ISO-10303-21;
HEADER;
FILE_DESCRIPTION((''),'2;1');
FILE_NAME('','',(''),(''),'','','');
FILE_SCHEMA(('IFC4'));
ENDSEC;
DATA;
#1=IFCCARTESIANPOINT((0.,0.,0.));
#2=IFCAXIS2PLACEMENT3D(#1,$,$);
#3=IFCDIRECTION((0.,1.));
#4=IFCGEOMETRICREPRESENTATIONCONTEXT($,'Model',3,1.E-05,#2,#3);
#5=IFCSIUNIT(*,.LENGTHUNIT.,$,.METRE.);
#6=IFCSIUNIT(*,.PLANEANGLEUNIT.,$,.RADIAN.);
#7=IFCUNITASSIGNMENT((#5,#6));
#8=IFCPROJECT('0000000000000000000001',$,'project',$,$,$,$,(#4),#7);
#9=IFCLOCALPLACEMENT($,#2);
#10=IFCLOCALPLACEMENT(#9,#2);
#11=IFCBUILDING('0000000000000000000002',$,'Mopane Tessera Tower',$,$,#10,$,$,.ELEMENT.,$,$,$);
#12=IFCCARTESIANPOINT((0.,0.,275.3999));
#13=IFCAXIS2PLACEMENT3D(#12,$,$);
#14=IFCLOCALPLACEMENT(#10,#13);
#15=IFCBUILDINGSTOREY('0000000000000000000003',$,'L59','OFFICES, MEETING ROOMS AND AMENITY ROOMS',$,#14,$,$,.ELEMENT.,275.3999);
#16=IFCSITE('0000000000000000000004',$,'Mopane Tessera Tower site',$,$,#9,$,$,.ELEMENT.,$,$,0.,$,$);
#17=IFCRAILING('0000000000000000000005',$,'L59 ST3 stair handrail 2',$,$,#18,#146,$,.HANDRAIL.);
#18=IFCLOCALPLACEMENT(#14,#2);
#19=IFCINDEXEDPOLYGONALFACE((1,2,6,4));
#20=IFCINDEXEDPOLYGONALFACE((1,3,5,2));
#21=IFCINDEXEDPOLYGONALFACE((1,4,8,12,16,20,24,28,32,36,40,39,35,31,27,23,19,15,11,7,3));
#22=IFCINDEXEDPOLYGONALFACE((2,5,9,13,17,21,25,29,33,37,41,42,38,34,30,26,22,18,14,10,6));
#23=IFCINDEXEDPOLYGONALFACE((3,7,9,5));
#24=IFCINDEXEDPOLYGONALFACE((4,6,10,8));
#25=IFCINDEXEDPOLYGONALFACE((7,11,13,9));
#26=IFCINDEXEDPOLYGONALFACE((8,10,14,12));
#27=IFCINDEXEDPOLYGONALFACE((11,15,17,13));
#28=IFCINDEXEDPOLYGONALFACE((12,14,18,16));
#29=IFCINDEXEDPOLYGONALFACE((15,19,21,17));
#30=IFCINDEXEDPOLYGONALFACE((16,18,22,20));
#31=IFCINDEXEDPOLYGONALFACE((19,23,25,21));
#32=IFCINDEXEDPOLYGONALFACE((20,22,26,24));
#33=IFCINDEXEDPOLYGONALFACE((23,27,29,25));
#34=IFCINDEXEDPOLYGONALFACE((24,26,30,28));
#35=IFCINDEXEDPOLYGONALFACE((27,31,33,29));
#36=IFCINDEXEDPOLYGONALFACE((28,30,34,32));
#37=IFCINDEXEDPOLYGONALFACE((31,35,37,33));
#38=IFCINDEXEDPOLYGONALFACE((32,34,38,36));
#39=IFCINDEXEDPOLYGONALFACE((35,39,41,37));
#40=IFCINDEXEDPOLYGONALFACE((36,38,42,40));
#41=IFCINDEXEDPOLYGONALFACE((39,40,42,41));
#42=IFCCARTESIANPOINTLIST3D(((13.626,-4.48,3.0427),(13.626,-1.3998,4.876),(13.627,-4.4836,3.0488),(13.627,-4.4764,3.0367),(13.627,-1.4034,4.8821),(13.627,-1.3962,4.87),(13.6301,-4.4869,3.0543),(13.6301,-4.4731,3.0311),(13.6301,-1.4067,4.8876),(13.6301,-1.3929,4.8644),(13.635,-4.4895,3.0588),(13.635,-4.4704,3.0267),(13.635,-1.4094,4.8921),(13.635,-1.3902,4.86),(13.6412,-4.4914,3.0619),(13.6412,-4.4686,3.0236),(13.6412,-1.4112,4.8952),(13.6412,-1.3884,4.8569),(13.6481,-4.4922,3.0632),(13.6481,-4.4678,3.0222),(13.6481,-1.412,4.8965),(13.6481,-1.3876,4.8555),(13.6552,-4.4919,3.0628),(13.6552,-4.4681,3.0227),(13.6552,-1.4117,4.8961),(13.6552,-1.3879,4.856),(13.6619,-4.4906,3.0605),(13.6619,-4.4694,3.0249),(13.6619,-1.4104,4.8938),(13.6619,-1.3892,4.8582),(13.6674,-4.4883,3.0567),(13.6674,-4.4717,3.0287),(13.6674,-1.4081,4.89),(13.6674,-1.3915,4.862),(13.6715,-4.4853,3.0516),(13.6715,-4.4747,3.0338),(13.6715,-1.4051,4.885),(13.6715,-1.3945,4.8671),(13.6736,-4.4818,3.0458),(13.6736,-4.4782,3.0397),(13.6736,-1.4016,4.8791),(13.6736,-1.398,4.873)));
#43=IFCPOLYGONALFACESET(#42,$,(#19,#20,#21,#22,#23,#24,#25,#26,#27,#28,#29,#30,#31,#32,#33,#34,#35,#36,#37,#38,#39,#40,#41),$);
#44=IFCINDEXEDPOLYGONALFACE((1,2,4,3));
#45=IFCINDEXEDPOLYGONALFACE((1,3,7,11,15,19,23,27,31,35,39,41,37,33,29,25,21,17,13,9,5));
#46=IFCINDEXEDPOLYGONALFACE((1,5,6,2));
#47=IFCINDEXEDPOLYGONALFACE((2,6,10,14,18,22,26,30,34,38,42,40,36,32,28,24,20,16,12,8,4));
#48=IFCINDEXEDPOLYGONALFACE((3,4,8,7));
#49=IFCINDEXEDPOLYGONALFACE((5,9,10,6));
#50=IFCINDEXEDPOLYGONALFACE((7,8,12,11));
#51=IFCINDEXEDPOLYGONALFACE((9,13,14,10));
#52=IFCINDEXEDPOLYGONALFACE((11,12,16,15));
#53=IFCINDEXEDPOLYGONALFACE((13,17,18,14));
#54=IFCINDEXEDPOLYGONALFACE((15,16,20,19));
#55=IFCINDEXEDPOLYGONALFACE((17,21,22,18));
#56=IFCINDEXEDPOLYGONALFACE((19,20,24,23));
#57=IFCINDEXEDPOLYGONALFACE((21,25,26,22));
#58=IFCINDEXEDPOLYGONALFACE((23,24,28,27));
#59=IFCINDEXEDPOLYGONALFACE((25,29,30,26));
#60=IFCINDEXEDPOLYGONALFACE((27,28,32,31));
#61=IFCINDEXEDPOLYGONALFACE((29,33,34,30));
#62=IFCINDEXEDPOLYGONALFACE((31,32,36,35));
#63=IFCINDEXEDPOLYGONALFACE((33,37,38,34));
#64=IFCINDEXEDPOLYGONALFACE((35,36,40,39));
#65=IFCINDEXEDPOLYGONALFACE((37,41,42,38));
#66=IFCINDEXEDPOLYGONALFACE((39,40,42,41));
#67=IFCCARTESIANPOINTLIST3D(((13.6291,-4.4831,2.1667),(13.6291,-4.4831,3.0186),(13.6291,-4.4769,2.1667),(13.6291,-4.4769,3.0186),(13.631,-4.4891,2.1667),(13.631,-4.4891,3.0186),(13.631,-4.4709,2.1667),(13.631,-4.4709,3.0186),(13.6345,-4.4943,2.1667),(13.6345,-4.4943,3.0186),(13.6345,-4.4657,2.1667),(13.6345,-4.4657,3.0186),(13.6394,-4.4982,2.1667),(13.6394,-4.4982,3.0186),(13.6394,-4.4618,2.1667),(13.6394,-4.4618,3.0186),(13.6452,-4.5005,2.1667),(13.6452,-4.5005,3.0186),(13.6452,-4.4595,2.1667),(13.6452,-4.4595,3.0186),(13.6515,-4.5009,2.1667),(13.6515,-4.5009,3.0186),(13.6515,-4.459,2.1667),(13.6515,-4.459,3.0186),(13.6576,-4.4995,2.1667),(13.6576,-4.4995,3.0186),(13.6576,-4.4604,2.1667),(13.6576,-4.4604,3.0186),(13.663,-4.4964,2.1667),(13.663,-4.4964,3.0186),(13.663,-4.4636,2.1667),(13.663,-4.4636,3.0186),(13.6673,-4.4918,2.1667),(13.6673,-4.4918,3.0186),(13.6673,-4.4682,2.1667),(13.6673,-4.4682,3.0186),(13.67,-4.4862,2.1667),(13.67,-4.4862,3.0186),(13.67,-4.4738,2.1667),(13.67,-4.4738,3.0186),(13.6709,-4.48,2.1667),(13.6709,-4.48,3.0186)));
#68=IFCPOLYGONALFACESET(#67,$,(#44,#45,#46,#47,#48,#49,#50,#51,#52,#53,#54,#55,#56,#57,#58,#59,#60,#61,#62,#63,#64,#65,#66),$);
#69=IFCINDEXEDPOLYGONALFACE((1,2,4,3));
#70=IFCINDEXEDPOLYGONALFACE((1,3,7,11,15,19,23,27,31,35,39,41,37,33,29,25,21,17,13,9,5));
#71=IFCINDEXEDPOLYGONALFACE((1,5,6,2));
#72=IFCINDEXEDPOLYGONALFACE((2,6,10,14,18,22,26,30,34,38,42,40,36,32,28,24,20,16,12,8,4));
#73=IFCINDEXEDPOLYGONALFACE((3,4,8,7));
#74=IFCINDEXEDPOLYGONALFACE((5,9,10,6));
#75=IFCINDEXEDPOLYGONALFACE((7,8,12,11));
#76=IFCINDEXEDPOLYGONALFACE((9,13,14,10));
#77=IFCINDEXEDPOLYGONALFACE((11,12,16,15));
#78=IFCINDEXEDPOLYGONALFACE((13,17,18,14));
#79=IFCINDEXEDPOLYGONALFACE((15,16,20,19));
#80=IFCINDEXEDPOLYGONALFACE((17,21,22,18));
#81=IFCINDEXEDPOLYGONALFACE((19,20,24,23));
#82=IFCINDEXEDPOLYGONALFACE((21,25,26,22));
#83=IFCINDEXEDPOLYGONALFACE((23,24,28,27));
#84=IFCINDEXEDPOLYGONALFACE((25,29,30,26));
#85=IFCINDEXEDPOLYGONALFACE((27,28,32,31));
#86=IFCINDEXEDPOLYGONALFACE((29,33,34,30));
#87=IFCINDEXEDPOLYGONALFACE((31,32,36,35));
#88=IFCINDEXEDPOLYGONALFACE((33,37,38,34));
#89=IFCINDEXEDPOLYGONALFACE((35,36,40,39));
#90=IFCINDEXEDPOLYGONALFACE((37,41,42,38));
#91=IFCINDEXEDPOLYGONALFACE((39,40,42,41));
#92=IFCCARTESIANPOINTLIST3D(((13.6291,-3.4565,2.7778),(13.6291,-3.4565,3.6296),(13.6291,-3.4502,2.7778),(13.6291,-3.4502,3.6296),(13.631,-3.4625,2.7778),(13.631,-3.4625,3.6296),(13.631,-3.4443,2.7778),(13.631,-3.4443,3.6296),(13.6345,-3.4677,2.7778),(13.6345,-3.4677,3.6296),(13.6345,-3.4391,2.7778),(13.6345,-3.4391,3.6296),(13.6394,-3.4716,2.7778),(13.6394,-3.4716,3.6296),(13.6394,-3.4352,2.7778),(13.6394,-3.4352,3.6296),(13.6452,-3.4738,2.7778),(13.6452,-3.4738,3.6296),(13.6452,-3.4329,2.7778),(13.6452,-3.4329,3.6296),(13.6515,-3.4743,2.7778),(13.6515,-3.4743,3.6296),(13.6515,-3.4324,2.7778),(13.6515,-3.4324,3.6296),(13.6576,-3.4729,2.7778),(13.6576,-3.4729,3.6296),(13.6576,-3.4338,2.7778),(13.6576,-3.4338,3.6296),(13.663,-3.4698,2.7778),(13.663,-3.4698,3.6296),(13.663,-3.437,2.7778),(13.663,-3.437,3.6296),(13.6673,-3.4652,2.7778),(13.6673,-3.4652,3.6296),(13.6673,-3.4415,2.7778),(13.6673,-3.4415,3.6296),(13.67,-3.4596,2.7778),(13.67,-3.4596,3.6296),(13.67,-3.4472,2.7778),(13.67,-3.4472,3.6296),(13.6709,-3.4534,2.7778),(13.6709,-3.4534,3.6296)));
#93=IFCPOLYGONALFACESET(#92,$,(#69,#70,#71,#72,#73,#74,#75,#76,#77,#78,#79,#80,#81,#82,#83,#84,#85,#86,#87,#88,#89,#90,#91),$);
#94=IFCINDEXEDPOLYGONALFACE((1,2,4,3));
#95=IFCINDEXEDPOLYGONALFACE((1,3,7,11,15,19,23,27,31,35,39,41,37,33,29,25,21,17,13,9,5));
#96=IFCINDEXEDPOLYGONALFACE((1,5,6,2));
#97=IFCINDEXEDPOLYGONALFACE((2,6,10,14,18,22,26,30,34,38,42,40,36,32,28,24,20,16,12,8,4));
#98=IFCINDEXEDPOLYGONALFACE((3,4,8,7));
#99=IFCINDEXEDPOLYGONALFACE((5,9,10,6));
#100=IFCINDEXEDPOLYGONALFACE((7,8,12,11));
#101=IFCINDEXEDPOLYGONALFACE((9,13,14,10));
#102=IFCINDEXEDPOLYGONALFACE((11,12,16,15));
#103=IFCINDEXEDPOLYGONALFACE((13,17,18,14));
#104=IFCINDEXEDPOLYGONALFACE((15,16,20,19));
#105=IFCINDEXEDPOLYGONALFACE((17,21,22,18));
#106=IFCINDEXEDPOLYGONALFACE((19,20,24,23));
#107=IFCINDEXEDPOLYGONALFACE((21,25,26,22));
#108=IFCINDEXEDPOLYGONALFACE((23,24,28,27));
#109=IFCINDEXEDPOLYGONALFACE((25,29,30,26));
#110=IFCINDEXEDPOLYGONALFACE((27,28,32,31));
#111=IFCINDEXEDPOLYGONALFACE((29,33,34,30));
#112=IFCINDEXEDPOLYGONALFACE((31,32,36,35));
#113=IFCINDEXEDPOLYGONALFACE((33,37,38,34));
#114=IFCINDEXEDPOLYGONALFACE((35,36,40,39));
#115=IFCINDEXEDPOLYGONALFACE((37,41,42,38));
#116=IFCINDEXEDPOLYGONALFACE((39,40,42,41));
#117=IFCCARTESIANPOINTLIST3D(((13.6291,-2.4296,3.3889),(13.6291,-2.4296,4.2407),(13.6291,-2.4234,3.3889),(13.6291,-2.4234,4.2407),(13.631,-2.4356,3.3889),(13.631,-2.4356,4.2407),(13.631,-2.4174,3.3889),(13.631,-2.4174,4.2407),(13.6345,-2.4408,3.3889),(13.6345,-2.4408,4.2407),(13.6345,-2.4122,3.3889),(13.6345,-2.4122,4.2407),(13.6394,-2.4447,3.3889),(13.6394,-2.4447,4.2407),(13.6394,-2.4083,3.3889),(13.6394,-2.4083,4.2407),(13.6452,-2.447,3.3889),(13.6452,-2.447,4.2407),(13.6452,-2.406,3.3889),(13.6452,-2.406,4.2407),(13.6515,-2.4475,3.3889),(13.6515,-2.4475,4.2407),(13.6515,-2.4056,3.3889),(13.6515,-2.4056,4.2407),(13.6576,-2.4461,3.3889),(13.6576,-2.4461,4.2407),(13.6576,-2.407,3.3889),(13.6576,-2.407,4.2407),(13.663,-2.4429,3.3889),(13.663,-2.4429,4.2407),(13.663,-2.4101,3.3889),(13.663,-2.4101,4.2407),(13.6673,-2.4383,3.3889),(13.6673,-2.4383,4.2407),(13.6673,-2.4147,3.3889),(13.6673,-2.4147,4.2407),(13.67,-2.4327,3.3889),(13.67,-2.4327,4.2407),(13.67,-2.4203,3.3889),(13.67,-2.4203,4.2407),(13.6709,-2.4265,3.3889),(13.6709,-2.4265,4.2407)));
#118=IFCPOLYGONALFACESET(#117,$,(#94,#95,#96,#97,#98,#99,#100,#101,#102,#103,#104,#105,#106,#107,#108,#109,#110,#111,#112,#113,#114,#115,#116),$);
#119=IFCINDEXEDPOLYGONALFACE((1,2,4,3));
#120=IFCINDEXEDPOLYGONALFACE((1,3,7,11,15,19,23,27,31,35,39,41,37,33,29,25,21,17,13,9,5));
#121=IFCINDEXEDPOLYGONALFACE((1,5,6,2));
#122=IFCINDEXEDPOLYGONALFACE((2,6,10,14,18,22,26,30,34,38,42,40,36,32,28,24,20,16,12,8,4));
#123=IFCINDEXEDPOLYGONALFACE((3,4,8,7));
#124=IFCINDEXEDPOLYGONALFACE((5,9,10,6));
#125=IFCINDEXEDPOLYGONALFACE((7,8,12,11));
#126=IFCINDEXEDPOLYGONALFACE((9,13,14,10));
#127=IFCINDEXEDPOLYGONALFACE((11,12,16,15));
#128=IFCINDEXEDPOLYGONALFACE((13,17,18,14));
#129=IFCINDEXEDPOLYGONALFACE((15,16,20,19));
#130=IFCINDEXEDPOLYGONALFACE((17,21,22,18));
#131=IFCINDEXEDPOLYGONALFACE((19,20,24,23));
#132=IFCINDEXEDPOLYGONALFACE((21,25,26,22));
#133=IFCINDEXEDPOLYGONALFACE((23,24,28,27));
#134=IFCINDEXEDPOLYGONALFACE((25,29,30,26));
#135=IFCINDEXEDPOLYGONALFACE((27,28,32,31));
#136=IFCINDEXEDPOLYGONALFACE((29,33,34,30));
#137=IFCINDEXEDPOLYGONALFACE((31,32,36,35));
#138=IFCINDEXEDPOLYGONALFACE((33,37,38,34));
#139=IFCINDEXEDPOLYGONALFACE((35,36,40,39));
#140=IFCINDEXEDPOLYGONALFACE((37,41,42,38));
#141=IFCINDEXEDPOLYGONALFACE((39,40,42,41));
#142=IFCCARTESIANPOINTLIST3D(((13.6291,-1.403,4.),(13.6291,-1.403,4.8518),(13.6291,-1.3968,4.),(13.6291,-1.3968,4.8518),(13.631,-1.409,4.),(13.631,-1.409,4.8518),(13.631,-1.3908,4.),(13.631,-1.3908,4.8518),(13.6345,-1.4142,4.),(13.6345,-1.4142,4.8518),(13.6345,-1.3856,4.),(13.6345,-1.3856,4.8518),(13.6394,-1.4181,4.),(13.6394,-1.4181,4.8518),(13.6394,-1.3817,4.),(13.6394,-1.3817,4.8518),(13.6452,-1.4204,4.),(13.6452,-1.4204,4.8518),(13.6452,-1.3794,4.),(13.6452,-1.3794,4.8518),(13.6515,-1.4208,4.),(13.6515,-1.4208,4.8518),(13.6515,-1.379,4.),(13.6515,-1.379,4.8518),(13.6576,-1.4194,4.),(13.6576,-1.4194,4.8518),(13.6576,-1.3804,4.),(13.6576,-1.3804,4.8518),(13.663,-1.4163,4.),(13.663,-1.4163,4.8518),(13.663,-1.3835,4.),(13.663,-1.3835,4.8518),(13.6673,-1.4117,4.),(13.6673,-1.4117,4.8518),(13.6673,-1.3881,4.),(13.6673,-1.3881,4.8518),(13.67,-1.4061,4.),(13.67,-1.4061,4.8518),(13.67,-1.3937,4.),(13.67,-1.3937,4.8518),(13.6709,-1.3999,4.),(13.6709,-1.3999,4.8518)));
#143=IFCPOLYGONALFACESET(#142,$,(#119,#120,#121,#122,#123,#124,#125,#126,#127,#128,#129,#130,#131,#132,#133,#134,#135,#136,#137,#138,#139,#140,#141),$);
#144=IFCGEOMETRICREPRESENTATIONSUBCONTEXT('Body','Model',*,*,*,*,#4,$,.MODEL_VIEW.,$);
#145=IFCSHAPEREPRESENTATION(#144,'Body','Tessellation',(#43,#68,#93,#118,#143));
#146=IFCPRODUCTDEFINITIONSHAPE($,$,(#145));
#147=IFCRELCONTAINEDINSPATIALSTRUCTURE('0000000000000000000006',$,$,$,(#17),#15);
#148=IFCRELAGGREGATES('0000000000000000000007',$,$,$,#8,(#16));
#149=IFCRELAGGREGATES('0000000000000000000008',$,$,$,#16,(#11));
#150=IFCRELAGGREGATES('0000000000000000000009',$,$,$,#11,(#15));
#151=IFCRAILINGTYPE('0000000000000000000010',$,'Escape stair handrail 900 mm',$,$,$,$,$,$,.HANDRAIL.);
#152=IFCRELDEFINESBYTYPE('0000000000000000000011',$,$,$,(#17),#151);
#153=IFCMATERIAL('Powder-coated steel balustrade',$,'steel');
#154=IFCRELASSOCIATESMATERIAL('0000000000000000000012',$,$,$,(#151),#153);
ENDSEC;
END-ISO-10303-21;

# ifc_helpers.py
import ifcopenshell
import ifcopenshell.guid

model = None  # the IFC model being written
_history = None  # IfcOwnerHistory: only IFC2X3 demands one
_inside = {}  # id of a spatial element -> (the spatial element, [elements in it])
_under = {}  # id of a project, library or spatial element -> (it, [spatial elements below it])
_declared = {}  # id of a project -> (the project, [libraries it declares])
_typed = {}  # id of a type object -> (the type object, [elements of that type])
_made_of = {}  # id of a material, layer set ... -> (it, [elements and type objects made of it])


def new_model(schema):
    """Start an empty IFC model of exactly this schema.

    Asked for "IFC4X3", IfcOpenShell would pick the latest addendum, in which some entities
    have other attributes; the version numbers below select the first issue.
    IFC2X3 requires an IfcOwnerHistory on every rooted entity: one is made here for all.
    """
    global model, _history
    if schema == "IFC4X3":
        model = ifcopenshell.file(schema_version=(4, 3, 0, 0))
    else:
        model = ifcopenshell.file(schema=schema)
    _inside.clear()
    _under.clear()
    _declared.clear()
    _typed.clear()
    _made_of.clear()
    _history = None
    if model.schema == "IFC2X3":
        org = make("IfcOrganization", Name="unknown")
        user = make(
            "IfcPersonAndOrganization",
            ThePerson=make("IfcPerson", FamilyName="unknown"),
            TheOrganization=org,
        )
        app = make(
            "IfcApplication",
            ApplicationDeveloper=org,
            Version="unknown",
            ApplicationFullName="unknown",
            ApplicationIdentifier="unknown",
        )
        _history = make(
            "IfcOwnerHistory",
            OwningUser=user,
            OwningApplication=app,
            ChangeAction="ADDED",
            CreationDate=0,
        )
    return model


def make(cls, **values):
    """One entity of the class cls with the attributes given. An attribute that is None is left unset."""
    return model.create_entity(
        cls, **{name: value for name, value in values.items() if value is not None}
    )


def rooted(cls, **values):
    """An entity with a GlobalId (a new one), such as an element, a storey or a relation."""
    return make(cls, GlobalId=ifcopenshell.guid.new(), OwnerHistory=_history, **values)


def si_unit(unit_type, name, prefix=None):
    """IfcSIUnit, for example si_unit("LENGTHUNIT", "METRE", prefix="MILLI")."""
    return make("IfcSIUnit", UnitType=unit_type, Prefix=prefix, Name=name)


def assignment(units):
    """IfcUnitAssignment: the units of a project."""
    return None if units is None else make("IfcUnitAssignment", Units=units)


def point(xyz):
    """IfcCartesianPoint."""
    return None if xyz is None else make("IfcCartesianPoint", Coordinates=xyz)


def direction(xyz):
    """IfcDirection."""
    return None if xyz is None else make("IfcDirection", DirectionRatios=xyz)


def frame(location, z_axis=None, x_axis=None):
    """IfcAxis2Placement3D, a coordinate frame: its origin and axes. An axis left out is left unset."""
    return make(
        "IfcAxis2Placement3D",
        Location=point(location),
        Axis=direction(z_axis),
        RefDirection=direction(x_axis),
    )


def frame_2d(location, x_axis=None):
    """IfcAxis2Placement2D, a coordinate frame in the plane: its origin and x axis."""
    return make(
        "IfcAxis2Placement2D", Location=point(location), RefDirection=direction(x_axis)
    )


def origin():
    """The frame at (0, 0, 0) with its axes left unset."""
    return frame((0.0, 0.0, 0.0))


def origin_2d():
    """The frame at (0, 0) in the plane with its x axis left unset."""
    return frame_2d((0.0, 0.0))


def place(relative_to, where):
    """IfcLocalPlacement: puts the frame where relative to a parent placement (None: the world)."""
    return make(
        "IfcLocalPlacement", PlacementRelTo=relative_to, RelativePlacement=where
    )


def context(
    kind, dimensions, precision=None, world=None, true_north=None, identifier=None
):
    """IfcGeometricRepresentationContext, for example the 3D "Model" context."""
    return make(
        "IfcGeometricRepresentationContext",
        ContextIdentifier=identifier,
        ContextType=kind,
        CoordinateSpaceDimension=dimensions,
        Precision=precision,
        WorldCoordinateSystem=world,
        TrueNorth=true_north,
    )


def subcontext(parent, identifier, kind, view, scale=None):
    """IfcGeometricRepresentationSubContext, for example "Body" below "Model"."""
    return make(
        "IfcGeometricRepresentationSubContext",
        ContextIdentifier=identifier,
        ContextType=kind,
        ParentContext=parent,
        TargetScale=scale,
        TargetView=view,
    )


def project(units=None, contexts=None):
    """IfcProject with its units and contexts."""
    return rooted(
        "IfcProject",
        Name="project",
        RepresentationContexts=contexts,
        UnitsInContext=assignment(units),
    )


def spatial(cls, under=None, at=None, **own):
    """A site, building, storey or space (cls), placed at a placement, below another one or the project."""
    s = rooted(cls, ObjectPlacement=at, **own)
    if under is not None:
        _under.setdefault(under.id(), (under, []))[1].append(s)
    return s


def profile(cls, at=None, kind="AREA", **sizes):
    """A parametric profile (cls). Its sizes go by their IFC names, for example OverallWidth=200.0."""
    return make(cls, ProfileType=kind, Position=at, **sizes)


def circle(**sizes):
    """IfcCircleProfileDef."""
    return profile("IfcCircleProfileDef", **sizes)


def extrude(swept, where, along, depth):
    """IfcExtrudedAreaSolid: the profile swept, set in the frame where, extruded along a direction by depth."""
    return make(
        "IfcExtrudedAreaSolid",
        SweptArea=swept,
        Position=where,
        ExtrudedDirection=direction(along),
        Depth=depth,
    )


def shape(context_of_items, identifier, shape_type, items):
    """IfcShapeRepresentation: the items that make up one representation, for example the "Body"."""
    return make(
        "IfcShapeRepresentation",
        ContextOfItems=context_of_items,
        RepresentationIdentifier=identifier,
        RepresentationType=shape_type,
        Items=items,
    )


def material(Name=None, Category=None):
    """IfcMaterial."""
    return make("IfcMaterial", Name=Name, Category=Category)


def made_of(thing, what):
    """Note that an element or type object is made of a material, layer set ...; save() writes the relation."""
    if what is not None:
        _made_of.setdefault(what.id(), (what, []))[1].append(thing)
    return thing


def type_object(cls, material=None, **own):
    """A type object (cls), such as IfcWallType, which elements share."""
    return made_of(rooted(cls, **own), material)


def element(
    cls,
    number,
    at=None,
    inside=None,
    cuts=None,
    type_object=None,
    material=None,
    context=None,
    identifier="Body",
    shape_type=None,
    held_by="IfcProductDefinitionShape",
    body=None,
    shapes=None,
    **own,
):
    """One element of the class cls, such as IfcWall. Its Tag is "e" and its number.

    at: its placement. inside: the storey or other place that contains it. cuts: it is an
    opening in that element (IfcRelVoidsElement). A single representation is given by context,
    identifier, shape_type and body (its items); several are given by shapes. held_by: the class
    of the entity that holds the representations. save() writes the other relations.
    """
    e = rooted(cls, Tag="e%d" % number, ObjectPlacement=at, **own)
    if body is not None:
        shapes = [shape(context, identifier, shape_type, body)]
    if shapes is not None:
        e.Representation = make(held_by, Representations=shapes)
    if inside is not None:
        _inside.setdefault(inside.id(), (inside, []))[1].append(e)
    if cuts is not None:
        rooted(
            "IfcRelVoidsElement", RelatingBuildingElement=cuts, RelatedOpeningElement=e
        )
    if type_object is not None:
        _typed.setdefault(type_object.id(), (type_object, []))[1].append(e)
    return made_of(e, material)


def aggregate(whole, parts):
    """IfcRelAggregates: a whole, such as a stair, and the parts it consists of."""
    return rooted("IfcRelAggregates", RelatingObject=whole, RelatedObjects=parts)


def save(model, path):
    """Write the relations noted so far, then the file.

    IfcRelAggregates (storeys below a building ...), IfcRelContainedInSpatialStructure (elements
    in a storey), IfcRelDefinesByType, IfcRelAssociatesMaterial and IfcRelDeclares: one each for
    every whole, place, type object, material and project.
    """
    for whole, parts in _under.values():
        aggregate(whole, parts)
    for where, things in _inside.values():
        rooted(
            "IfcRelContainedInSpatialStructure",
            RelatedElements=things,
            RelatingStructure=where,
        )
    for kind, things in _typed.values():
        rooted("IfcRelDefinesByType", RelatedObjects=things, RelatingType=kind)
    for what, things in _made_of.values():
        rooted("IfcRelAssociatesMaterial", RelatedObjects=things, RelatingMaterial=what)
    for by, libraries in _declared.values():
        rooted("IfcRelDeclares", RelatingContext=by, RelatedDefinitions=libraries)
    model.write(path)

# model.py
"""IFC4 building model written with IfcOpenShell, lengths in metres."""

from ifc_helpers import new_model, si_unit, direction, frame, origin, origin_2d, place, context, subcontext, project, spatial, circle, extrude, material, type_object, element, save


model = new_model("IFC4")

# Units and contexts
model_context = context("Model", 3, precision=1e-05, world=origin(), true_north=direction((0.0, 1.0)))
body_context = subcontext(model_context, "Body", "Model", "MODEL_VIEW")
ifc_project = project(units=[si_unit("LENGTHUNIT", "METRE"), si_unit("PLANEANGLEUNIT", "RADIAN")], contexts=[model_context])

# Site, building, storey
site_placement = place(None, origin())
site = spatial("IfcSite", under=ifc_project, at=site_placement, Name="Mopane Tessera Tower site", CompositionType="ELEMENT", RefElevation=0.0)
building_placement = place(site_placement, origin())
building = spatial("IfcBuilding", under=site, at=building_placement, Name="Mopane Tessera Tower", CompositionType="ELEMENT")
storey_placement = place(building_placement, frame((0.0, 0.0, 275.3999)))
storey = spatial("IfcBuildingStorey", under=building, at=storey_placement, Name="L59", Description="OFFICES, MEETING ROOMS AND AMENITY ROOMS", CompositionType="ELEMENT", Elevation=275.3999)

# Railing
ifc_material_1 = material(Name="Powder-coated steel balustrade", Category="steel")
railing_type_1 = type_object("IfcRailingType", Name="Escape stair handrail 900 mm", PredefinedType="HANDRAIL", material=ifc_material_1)
railing_1_placement = place(storey_placement, frame((13.6499, -4.48, 2.1667)))
element("IfcRailing", 1, at=railing_1_placement, inside=storey, type_object=railing_type_1, Name="L59 ST3 stair handrail 2", PredefinedType="HANDRAIL", context=body_context, shape_type="SweptSolid", body=[
    extrude(circle(Radius=0.0239, at=origin_2d()), frame((0.0, 0.0, 0.876), z_axis=(0.0, 0.859309, 0.511458), x_axis=(-1.0, 0.0, 0.0)), (0.0, 0.0, 1.0), 3.5845),
    extrude(circle(Radius=0.021, at=origin_2d()), origin(), (0.0, 0.0, 1.0), 0.8518),
    extrude(circle(Radius=0.021, at=origin_2d()), frame((0.0, 1.0266, 0.6111)), (0.0, 0.0, 1.0), 0.8518),
    extrude(circle(Radius=0.021, at=origin_2d()), frame((0.0, 2.0535, 1.2222)), (0.0, 0.0, 1.0), 0.8518),
    extrude(circle(Radius=0.021, at=origin_2d()), frame((0.0, 3.0801, 1.8333)), (0.0, 0.0, 1.0), 0.8518),
])

save(model, "model.ifc")
